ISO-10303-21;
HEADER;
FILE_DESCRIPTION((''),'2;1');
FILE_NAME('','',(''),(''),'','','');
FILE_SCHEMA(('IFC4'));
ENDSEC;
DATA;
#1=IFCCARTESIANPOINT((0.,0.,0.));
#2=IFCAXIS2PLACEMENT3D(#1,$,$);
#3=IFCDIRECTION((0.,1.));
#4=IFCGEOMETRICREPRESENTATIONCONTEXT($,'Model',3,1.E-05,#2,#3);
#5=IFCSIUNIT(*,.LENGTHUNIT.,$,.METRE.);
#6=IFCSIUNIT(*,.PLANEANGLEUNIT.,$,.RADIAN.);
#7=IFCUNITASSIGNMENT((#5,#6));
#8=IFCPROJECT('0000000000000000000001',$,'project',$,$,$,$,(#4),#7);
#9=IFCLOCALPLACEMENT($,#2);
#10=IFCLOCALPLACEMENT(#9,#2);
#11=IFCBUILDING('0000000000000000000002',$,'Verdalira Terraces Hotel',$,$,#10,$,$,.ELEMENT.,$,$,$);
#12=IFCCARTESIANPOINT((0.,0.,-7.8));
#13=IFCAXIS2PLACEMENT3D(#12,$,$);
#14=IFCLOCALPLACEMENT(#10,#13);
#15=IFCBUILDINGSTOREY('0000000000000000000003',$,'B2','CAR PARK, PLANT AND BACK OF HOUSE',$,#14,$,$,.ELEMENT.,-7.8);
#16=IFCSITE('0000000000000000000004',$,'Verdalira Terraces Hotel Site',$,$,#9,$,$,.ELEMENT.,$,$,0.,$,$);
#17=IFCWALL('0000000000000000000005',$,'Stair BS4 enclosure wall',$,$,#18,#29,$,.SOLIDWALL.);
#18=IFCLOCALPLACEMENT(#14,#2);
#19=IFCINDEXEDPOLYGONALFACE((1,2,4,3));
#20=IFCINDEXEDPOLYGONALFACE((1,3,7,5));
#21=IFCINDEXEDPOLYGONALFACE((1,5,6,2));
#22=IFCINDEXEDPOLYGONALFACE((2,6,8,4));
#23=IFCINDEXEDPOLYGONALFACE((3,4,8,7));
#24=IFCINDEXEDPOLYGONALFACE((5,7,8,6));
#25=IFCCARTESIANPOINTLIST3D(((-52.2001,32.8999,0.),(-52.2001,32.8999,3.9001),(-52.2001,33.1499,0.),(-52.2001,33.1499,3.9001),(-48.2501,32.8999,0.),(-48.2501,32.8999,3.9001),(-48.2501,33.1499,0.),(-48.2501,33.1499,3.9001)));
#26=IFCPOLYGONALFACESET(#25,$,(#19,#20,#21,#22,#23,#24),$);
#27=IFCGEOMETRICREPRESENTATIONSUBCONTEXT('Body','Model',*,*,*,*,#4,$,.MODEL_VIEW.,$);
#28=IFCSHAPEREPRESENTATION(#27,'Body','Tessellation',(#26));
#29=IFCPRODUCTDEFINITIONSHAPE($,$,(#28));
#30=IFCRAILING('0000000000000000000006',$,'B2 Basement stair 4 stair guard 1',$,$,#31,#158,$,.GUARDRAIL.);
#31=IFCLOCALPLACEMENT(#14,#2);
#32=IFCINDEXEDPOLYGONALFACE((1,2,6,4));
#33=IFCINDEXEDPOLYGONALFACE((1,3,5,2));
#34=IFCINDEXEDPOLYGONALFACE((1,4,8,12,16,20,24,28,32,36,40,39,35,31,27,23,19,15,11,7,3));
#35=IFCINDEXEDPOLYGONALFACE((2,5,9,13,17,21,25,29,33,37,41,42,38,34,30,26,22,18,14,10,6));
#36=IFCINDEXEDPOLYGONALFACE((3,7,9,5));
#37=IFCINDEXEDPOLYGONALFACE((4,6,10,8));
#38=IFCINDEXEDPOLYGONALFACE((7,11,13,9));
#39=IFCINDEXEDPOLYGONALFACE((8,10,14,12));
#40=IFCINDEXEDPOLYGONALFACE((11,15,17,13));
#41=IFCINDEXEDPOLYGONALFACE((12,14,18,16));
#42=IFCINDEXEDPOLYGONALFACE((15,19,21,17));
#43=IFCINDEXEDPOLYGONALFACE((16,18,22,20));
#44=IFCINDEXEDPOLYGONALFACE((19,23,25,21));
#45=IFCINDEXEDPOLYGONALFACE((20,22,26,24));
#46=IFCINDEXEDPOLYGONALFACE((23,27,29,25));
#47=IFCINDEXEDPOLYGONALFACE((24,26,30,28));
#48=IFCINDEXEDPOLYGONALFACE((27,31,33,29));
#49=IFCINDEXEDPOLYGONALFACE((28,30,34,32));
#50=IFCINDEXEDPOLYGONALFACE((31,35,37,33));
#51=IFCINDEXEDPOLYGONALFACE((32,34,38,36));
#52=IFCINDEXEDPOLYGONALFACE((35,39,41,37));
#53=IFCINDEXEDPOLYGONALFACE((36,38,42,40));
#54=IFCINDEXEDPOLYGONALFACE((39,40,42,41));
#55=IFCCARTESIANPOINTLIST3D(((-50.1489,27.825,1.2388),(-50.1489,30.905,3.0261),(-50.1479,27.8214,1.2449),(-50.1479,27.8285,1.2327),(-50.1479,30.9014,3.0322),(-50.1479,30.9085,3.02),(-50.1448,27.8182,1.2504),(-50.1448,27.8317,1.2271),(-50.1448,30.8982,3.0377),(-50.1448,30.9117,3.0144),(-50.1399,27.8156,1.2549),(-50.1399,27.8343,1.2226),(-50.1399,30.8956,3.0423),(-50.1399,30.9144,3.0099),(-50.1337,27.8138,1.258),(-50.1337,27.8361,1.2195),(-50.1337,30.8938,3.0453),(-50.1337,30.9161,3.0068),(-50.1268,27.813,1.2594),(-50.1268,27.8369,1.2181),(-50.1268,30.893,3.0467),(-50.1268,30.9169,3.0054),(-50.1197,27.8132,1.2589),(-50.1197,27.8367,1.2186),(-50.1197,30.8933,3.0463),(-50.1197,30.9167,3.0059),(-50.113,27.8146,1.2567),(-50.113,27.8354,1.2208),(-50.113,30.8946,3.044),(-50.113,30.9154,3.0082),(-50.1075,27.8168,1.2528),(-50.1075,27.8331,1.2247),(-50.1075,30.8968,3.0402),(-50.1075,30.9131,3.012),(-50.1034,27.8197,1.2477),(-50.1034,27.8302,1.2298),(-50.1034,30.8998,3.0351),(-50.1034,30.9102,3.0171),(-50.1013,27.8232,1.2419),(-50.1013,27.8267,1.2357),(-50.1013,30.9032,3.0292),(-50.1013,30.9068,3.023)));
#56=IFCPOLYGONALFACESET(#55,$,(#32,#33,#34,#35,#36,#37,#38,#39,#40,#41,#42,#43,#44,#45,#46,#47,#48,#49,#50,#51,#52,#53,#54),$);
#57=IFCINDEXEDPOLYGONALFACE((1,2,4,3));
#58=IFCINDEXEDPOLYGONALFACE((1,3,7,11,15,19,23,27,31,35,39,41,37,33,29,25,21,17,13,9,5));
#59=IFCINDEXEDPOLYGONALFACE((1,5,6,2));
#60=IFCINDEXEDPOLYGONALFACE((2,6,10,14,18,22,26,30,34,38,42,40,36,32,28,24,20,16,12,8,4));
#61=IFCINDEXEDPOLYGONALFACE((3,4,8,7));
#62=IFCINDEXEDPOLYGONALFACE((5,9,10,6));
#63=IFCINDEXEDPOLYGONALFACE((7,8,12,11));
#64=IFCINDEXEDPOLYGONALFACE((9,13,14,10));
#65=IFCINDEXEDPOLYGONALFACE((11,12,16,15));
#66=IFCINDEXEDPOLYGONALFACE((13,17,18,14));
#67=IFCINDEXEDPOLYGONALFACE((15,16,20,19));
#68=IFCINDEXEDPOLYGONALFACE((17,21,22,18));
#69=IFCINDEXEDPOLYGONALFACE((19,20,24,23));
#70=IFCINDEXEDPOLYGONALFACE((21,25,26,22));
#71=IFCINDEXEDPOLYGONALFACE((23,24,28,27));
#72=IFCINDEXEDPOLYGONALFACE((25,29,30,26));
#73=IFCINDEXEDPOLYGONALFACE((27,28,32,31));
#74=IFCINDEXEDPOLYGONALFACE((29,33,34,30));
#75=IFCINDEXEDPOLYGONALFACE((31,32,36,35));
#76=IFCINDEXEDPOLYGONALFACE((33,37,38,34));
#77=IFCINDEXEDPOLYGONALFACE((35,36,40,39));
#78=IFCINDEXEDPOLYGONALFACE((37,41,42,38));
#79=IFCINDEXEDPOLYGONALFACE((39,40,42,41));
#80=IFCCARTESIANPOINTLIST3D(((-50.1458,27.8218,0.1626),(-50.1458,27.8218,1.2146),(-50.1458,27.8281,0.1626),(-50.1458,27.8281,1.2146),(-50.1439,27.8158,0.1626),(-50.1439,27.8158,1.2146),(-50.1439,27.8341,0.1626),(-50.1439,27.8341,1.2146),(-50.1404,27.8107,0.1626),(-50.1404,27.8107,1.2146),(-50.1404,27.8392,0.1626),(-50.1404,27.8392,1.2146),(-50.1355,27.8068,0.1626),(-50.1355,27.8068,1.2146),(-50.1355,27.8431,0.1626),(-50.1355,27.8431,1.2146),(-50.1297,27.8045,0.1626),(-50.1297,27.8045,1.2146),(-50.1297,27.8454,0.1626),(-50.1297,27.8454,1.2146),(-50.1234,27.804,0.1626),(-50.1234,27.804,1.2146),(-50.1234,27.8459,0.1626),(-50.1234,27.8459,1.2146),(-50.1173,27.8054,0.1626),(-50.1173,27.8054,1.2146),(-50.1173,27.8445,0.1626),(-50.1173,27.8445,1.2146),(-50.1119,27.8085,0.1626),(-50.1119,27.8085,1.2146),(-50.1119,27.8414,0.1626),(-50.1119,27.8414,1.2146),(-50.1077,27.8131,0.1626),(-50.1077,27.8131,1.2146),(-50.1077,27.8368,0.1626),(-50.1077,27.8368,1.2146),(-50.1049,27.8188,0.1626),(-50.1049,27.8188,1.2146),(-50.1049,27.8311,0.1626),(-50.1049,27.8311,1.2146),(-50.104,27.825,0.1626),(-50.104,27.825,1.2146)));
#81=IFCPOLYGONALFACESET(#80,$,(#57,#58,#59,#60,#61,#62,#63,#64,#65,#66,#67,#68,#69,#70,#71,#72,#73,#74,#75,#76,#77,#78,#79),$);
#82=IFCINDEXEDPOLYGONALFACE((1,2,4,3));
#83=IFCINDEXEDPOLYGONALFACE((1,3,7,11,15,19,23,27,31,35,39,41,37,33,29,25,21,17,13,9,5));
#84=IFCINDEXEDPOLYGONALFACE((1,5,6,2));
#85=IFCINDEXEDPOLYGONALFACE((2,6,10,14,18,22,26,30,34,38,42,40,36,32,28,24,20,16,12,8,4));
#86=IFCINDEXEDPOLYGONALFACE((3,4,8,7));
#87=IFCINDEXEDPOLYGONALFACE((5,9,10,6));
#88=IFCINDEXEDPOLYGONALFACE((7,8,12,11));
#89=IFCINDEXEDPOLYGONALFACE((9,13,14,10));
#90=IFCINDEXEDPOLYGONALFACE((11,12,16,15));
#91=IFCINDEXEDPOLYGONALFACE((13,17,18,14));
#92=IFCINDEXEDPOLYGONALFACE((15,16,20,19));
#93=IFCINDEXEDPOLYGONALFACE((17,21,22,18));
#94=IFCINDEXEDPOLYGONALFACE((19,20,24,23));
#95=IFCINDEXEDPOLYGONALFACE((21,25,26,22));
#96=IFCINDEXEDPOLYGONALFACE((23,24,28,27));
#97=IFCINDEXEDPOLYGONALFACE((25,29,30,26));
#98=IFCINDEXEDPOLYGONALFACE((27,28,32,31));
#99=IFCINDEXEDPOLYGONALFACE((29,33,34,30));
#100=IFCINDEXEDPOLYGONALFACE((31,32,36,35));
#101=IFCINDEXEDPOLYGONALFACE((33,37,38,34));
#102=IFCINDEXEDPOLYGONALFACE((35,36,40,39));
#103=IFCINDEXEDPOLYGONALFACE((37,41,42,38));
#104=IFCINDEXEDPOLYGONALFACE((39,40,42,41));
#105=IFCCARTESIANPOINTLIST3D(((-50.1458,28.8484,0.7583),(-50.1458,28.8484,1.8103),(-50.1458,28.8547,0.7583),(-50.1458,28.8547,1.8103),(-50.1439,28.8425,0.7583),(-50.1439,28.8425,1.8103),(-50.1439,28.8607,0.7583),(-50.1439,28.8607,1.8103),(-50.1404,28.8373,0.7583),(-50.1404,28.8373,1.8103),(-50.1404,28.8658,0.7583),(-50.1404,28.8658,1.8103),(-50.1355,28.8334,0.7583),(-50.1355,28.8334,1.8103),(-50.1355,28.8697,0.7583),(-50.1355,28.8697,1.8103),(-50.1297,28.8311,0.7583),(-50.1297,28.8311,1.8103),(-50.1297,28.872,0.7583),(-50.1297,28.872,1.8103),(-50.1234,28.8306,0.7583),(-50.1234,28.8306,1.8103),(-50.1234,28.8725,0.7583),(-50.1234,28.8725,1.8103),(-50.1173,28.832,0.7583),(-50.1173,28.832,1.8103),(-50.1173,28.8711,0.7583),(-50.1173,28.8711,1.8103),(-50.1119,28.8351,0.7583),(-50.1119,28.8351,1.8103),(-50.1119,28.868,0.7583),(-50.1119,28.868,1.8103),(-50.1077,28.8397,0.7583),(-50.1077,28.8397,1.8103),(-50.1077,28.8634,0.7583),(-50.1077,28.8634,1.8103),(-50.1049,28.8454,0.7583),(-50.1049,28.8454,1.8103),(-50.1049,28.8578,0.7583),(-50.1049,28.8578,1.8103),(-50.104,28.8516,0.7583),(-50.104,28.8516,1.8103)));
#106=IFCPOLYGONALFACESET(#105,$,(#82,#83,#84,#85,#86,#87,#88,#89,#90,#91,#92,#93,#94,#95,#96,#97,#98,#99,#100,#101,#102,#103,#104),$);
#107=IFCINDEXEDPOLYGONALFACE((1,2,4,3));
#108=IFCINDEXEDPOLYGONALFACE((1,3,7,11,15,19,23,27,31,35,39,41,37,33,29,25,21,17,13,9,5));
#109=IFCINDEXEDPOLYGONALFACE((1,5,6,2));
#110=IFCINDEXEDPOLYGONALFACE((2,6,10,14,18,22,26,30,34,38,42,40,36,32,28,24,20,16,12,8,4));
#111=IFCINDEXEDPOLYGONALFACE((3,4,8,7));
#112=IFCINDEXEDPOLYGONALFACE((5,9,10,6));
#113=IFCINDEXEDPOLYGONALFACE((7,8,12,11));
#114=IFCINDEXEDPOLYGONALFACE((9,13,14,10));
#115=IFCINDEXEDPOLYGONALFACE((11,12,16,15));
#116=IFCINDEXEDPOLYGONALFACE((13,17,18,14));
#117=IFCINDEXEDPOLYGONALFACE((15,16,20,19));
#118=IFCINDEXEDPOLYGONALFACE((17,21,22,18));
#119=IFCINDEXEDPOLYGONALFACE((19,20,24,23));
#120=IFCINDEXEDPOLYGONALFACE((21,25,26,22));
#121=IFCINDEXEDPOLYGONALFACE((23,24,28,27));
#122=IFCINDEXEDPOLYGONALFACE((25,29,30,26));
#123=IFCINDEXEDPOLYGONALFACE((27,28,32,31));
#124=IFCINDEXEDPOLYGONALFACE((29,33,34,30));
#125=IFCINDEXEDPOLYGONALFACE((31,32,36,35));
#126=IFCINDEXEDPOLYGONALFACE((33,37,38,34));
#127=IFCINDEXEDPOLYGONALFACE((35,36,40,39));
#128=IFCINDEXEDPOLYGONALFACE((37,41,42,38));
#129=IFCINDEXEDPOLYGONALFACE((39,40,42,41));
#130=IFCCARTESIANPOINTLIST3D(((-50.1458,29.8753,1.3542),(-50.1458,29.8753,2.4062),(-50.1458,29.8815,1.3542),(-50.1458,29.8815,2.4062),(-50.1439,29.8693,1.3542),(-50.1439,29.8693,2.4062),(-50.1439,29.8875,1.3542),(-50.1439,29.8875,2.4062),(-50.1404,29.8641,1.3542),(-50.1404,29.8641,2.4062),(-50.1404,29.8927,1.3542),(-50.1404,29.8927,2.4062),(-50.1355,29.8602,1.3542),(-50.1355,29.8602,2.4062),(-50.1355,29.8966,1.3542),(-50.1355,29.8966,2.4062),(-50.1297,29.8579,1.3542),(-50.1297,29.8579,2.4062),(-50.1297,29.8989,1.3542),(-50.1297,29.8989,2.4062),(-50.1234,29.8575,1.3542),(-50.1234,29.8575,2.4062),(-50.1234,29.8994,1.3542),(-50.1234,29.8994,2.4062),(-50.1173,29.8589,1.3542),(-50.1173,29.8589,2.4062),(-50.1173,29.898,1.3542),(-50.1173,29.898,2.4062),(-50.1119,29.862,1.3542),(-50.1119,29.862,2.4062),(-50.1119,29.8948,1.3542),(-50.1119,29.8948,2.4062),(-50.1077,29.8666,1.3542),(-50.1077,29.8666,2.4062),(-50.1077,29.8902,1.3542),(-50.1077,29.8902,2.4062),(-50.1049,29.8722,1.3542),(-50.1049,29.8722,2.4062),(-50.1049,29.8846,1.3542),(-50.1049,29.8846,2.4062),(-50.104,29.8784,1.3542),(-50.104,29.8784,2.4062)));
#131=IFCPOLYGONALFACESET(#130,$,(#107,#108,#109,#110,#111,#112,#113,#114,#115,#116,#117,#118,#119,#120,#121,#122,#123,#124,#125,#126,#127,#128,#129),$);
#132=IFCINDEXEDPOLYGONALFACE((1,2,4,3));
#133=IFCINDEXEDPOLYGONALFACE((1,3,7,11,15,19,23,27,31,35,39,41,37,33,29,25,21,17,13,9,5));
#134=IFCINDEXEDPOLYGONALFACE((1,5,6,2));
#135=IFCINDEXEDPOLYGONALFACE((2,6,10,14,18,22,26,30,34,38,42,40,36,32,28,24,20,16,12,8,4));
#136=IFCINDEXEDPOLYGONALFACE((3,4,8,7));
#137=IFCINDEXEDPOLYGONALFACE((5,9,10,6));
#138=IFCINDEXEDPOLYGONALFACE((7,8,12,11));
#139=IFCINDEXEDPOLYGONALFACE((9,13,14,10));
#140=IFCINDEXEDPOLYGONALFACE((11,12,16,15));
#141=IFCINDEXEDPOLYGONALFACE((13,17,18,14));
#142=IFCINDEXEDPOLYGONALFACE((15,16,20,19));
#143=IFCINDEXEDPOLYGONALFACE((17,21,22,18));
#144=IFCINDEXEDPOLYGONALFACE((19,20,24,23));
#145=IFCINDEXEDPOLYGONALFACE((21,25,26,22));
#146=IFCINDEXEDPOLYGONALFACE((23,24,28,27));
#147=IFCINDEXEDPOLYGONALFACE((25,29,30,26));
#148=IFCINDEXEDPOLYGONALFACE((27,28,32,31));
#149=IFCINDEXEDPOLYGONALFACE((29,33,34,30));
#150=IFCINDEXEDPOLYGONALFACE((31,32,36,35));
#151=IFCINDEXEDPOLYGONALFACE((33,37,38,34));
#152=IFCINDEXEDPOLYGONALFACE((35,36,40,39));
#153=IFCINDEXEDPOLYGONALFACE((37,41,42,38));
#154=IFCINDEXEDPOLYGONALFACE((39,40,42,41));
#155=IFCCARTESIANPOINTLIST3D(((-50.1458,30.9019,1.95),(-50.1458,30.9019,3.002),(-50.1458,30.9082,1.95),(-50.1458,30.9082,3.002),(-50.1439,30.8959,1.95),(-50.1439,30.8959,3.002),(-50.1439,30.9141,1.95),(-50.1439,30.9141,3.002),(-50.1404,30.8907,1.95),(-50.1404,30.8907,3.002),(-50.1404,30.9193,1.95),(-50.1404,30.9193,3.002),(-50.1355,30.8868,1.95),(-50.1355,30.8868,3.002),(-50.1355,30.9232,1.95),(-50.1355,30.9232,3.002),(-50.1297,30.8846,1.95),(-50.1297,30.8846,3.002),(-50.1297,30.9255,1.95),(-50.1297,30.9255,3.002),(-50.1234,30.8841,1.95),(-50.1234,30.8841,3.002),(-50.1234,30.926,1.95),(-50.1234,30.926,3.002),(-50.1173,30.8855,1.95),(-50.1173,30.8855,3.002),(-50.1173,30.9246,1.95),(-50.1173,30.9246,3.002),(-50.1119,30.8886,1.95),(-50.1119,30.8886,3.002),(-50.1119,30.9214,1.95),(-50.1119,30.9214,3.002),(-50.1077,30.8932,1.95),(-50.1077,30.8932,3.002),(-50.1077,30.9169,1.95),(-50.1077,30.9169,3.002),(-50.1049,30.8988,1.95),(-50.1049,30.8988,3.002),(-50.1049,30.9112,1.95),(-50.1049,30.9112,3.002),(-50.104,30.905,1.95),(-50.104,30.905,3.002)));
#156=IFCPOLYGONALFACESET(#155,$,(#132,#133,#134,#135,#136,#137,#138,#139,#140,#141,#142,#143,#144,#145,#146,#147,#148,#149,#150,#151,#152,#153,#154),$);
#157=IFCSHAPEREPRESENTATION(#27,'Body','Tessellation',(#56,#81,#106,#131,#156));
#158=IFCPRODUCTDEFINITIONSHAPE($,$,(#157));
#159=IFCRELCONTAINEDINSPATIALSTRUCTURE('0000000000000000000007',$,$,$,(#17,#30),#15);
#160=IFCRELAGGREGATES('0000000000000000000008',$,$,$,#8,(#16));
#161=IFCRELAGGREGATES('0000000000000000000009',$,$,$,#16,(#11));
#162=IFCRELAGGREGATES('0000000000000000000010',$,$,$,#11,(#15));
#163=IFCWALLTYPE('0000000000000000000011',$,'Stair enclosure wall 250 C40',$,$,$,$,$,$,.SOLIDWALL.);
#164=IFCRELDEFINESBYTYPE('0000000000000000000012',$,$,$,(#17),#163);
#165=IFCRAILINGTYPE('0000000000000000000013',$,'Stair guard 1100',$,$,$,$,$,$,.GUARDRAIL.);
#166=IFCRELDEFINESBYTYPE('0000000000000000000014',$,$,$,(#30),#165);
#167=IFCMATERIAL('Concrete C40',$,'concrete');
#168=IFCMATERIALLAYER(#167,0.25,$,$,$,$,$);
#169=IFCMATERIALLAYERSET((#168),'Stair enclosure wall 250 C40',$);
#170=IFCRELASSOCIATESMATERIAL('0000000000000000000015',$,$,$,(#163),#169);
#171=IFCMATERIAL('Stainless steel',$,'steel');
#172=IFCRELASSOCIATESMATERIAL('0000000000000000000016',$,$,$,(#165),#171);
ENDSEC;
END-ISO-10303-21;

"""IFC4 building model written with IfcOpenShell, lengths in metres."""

from ifc_helpers import new_model, si_unit, direction, frame, frame_2d, origin, origin_2d, place, context, subcontext, project, spatial, rectangle, circle, extrude, material, layer, layer_set, type_object, element, save


model = new_model("IFC4")

# Units and contexts
model_context = context("Model", 3, precision=1e-05, world=origin(), true_north=direction((0.0, 1.0)))
body_context = subcontext(model_context, "Body", "Model", "MODEL_VIEW")
ifc_project = project(units=[si_unit("LENGTHUNIT", "METRE"), si_unit("PLANEANGLEUNIT", "RADIAN")], contexts=[model_context])

# Site, building, storey
site_placement = place(None, origin())
site = spatial("IfcSite", under=ifc_project, at=site_placement, Name="Verdalira Terraces Hotel Site", CompositionType="ELEMENT", RefElevation=0.0)
building_placement = place(site_placement, origin())
building = spatial("IfcBuilding", under=site, at=building_placement, Name="Verdalira Terraces Hotel", CompositionType="ELEMENT")
storey_placement = place(building_placement, frame((0.0, 0.0, -7.8)))
storey = spatial("IfcBuildingStorey", under=building, at=storey_placement, Name="B2", Description="CAR PARK, PLANT AND BACK OF HOUSE", CompositionType="ELEMENT", Elevation=-7.8)

# Wall
ifc_material_1 = material(Name="Concrete C40", Category="concrete")
ifc_layer_1 = layer(ifc_material_1, 0.25)
ifc_layer_set_1 = layer_set([ifc_layer_1], Name="Stair enclosure wall 250 C40")
wall_type_1 = type_object("IfcWallType", Name="Stair enclosure wall 250 C40", PredefinedType="SOLIDWALL", material=ifc_layer_set_1)
wall_1_placement = place(storey_placement, frame((-48.25, 33.0249, 0.0), z_axis=(0.0, 0.0, 1.0), x_axis=(-1.0, 0.0, 0.0)))
element("IfcWall", 1, at=wall_1_placement, inside=storey, type_object=wall_type_1, Name="Stair BS4 enclosure wall", PredefinedType="SOLIDWALL", context=body_context, shape_type="SweptSolid", body=[
    extrude(rectangle(XDim=3.95, YDim=0.25, at=frame_2d((1.9751, 0.0))), origin(), (0.0, 0.0, 1.0), 3.9001),
])

# Railing
ifc_material_2 = material(Name="Stainless steel", Category="steel")
railing_type_1 = type_object("IfcRailingType", Name="Stair guard 1100", PredefinedType="GUARDRAIL", material=ifc_material_2)
railing_1_placement = place(storey_placement, frame((-50.125, 27.825, 0.1626)))
element("IfcRailing", 2, at=railing_1_placement, inside=storey, type_object=railing_type_1, Name="B2 Basement stair 4 stair guard 1", PredefinedType="GUARDRAIL", context=body_context, shape_type="SweptSolid", body=[
    extrude(circle(Radius=0.0239, at=origin_2d()), frame((0.0, 0.0, 1.0762), z_axis=(0.0, 0.86492, 0.501909), x_axis=(-1.0, 0.0, 0.0)), (0.0, 0.0, 1.0), 3.561),
    extrude(circle(Radius=0.021, at=origin_2d()), origin(), (0.0, 0.0, 1.0), 1.052),
    extrude(circle(Radius=0.021, at=origin_2d()), frame((0.0, 1.0266, 0.5957)), (0.0, 0.0, 1.0), 1.052),
    extrude(circle(Radius=0.021, at=origin_2d()), frame((0.0, 2.0535, 1.1917)), (0.0, 0.0, 1.0), 1.052),
    extrude(circle(Radius=0.021, at=origin_2d()), frame((0.0, 3.0801, 1.7874)), (0.0, 0.0, 1.0), 1.052),
])

save(model, "model.ifc")
